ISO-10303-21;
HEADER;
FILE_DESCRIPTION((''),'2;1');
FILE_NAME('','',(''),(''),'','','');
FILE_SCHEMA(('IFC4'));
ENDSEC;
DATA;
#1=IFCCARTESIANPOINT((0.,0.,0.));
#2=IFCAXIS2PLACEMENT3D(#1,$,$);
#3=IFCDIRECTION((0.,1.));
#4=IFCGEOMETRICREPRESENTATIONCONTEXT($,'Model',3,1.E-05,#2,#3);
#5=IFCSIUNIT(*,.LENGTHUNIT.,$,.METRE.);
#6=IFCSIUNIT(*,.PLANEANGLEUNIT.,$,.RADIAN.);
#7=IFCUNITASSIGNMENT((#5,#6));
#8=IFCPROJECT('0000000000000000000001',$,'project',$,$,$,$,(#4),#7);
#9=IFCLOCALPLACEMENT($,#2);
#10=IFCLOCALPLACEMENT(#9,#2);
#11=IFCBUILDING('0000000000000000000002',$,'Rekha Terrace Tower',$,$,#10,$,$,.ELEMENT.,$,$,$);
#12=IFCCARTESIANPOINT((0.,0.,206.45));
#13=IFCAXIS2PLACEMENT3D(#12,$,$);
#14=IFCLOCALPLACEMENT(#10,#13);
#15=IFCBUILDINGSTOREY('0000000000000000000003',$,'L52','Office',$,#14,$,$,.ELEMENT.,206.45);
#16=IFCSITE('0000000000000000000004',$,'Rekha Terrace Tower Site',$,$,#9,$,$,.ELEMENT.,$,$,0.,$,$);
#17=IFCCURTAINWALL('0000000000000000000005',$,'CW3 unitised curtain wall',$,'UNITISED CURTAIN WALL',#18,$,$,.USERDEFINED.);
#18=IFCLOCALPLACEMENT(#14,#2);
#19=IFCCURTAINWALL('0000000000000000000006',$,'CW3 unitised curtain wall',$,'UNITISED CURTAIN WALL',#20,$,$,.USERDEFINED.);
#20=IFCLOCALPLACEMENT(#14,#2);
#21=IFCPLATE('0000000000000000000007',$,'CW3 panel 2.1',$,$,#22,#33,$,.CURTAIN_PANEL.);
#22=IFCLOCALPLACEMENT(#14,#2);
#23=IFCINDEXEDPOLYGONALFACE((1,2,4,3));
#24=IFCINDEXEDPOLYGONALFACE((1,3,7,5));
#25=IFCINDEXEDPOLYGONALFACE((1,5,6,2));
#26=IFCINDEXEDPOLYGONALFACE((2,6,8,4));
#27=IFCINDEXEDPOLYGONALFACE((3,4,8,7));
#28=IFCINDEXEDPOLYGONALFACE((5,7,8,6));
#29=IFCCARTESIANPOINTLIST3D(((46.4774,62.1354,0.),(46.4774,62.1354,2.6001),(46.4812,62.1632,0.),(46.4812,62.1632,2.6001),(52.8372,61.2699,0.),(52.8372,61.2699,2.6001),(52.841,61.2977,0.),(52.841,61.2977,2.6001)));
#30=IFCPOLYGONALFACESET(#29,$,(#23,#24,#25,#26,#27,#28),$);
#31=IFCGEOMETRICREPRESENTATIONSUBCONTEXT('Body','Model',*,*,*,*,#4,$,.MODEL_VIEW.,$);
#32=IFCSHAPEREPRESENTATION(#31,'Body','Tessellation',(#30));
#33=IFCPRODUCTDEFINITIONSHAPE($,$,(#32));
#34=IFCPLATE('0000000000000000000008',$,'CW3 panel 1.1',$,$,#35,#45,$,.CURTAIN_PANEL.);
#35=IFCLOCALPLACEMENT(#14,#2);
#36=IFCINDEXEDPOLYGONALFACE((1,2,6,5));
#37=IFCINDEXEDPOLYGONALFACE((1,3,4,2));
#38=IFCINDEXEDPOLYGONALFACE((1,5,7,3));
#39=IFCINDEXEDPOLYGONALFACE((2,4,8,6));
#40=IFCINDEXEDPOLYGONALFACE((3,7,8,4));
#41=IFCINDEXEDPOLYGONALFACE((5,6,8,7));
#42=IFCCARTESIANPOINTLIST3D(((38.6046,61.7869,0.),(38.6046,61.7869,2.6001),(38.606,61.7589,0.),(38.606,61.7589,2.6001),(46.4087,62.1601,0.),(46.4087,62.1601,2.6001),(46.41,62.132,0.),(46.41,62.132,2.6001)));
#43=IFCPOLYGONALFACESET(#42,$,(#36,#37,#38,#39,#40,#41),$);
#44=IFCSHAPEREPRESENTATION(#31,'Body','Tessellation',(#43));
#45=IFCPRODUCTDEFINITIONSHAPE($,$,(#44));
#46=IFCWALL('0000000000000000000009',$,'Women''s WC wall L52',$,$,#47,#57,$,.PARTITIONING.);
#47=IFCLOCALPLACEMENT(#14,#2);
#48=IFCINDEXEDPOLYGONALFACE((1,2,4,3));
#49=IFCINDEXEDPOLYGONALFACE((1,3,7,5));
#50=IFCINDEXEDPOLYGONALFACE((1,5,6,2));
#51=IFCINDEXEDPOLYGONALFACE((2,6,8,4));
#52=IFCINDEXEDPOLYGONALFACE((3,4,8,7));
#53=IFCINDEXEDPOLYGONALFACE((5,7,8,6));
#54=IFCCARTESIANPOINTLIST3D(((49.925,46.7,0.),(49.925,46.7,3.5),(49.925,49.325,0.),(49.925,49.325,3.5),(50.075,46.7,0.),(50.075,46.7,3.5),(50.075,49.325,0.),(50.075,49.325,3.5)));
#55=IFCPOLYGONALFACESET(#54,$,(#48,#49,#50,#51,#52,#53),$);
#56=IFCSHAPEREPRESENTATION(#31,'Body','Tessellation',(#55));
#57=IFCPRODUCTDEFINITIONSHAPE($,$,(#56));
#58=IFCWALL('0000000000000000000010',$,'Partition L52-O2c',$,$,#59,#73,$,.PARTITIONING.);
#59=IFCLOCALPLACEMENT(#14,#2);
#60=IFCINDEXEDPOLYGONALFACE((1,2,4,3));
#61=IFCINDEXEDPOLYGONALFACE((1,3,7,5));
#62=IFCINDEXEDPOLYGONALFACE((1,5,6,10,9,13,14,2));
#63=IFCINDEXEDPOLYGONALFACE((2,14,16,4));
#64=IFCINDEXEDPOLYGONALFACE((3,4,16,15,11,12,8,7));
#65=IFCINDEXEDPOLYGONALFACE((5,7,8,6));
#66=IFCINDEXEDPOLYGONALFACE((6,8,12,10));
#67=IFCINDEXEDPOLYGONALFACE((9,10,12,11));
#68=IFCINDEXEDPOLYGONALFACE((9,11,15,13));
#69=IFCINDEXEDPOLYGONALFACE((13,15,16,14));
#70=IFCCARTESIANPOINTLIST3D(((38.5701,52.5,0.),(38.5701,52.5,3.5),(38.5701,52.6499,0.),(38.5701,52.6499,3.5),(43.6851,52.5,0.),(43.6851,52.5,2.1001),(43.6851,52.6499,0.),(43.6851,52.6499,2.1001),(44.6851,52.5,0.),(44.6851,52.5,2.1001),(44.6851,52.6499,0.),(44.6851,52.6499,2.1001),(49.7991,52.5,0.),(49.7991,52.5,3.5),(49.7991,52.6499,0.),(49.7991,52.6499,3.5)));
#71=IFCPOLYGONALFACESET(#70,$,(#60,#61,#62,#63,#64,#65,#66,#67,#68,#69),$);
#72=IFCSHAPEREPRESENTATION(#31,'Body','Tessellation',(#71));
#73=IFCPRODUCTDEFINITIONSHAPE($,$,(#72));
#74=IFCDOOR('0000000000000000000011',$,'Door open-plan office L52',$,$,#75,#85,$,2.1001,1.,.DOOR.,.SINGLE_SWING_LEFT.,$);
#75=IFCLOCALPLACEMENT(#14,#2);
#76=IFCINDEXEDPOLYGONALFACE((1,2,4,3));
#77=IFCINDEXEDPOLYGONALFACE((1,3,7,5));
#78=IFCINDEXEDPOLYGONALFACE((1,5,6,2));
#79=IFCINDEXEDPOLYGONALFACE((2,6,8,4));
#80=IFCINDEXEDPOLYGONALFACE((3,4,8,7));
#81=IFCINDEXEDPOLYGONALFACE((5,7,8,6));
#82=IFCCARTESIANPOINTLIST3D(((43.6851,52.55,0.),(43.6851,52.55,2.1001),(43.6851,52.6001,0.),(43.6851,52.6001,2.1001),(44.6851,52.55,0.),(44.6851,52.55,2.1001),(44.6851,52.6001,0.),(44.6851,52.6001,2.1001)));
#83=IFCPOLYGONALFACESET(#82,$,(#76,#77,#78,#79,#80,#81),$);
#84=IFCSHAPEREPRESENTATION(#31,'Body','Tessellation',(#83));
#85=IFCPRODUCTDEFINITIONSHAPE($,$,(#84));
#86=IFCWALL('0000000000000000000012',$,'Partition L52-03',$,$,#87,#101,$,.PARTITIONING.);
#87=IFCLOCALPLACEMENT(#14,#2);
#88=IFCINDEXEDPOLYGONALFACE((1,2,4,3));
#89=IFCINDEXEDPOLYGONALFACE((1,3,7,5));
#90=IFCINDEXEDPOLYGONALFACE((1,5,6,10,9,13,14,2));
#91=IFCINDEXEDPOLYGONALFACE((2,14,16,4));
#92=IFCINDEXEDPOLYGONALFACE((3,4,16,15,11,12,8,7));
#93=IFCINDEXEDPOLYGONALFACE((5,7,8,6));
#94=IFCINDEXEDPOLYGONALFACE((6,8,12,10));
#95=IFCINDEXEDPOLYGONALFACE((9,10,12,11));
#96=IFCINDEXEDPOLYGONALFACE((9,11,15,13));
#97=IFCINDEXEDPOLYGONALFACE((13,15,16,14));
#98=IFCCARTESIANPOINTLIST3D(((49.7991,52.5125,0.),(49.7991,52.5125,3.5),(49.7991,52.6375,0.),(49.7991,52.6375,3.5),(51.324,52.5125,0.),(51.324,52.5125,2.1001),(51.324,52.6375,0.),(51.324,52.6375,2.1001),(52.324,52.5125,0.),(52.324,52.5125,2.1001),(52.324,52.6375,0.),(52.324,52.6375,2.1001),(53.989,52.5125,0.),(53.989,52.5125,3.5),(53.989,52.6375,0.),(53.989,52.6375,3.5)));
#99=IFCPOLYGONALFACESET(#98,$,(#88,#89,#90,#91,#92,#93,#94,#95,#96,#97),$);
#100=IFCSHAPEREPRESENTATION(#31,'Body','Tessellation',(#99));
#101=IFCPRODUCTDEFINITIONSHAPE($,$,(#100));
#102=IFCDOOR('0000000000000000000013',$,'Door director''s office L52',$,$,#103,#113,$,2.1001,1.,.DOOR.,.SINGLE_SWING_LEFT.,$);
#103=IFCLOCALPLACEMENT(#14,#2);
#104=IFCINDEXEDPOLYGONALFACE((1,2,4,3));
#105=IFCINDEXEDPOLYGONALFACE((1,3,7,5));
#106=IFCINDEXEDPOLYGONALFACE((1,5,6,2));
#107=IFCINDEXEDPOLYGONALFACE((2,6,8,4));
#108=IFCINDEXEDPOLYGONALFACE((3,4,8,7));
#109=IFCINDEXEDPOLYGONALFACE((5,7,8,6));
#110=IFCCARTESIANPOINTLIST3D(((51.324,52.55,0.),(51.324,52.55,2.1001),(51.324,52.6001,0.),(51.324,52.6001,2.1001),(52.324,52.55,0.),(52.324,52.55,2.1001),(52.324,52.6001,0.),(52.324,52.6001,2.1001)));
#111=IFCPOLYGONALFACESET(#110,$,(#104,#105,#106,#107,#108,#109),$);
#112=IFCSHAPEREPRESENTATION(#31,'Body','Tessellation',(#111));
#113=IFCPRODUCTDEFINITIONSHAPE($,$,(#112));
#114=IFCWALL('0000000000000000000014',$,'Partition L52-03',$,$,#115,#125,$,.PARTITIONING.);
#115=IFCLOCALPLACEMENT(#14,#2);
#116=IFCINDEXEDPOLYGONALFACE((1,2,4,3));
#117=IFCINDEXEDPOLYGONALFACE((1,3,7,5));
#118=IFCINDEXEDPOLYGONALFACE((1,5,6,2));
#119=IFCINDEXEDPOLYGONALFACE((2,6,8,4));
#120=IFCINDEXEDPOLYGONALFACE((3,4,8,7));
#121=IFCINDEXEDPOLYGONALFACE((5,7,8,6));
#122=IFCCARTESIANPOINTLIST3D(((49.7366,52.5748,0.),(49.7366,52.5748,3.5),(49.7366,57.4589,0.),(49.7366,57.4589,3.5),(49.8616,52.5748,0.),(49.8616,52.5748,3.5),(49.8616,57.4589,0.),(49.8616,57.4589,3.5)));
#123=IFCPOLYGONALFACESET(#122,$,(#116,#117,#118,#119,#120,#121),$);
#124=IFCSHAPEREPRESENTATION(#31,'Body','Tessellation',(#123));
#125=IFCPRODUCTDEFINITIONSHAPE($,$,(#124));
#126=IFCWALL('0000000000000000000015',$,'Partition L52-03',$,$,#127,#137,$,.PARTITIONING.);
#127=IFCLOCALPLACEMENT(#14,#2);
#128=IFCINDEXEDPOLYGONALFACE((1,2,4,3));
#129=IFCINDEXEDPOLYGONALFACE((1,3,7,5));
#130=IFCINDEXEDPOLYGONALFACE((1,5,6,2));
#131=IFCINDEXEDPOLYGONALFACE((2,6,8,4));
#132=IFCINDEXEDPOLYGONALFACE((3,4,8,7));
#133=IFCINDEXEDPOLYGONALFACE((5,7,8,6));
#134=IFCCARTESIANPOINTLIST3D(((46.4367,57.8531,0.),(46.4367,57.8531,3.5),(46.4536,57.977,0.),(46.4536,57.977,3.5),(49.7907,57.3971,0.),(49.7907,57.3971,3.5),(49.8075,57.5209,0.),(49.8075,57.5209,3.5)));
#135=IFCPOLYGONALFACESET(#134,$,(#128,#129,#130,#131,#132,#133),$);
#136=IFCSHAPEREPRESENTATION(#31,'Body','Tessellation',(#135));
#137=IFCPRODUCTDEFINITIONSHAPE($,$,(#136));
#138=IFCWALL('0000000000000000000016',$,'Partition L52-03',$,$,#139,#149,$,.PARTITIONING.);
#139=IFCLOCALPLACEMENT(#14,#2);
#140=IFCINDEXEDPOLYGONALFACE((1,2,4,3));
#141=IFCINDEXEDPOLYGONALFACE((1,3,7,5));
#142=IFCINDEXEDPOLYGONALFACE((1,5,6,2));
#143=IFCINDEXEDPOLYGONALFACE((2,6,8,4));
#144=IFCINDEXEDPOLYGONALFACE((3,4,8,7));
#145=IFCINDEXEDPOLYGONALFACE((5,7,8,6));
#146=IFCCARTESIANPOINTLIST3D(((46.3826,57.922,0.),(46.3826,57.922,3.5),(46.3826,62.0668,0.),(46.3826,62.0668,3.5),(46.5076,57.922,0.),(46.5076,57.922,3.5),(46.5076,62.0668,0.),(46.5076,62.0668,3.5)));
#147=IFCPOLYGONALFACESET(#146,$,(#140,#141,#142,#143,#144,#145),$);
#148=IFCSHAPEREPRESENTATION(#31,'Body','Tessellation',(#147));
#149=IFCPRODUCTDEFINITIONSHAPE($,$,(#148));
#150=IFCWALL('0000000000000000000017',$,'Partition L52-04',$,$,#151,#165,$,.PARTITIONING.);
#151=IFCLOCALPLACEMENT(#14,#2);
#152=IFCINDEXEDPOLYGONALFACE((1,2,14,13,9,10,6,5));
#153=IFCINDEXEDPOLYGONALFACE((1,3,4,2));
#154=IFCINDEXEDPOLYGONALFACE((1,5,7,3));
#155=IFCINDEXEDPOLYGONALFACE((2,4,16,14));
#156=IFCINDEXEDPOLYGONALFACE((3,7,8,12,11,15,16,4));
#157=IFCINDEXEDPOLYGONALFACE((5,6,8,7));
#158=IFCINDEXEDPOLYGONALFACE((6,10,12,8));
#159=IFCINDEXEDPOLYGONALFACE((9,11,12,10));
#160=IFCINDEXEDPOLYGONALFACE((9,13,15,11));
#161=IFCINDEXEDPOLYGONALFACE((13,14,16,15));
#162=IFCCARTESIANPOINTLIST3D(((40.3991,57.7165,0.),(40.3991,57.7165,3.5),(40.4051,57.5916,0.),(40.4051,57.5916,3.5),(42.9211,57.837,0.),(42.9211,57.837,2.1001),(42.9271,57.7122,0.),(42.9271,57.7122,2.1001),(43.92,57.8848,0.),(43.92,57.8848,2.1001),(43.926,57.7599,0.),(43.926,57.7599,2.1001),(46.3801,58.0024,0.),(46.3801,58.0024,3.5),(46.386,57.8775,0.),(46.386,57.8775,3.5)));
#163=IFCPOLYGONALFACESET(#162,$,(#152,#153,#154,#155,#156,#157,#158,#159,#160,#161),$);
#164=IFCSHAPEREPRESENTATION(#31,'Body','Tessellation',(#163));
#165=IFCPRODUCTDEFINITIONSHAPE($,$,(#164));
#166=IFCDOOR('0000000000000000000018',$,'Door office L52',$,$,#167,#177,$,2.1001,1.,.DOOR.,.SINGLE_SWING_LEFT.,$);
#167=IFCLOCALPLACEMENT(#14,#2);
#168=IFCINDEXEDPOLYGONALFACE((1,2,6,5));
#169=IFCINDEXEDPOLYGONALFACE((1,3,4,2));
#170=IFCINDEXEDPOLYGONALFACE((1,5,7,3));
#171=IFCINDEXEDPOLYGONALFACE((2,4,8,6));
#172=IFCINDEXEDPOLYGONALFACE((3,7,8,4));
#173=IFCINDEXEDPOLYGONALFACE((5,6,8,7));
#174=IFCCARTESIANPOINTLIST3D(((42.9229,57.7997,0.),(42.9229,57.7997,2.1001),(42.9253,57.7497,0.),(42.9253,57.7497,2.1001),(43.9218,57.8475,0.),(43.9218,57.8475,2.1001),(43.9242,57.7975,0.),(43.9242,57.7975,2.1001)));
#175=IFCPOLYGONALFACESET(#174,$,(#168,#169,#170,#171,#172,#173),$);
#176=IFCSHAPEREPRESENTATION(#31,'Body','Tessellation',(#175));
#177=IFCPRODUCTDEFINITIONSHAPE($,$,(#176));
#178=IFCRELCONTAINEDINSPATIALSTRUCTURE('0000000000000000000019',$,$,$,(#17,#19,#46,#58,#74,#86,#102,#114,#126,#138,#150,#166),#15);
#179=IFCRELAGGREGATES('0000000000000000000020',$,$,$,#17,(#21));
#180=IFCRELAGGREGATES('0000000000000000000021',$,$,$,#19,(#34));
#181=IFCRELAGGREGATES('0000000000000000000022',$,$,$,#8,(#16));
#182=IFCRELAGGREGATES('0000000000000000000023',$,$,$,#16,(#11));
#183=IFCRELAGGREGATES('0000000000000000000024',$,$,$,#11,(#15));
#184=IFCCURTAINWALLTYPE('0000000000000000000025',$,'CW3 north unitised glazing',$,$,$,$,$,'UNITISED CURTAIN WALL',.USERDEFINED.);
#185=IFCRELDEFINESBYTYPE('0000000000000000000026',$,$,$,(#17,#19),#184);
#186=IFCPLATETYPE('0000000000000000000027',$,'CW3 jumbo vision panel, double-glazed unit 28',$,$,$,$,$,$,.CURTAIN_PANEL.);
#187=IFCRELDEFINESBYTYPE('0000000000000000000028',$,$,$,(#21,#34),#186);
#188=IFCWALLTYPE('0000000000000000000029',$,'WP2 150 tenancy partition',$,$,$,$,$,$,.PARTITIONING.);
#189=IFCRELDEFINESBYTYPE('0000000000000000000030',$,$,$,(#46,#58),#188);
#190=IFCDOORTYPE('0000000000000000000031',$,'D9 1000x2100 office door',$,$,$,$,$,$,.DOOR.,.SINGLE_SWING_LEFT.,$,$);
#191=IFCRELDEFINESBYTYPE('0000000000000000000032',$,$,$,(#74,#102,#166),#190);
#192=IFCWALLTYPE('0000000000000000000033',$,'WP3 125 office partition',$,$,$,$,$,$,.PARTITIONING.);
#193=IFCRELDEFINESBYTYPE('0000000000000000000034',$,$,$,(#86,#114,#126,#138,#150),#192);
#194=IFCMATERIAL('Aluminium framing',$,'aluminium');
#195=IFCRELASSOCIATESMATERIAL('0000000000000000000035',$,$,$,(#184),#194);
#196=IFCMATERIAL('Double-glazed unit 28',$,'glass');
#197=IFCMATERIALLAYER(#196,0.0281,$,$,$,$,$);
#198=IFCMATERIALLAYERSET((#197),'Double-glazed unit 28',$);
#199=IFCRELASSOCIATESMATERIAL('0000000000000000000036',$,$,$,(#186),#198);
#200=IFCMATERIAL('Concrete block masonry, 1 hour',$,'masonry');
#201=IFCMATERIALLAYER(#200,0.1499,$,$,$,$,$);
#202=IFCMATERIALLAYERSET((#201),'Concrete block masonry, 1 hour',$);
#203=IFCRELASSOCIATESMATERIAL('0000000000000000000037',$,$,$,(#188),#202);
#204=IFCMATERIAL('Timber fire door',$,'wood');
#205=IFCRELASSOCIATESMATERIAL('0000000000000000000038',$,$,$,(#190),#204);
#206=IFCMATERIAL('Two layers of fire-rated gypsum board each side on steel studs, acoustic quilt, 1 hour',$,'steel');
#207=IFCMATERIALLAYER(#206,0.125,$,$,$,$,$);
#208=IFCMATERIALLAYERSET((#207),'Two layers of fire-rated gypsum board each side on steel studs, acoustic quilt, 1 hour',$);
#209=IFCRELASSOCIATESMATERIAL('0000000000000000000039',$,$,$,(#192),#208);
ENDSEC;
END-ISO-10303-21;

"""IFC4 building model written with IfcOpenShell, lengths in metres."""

from ifc_helpers import new_model, si_unit, direction, frame, frame_2d, origin, origin_2d, place, context, subcontext, project, spatial, rectangle, extrude, material, layer, layer_set, type_object, element, fill, aggregate, save


model = new_model("IFC4")

# Units and contexts
model_context = context("Model", 3, precision=1e-05, world=origin(), true_north=direction((0.0, 1.0)))
body_context = subcontext(model_context, "Body", "Model", "MODEL_VIEW")
ifc_project = project(units=[si_unit("LENGTHUNIT", "METRE"), si_unit("PLANEANGLEUNIT", "RADIAN")], contexts=[model_context])

# Site, building, storey
site_placement = place(None, origin())
site = spatial("IfcSite", under=ifc_project, at=site_placement, Name="Rekha Terrace Tower Site", CompositionType="ELEMENT", RefElevation=0.0)
building_placement = place(site_placement, origin())
building = spatial("IfcBuilding", under=site, at=building_placement, Name="Rekha Terrace Tower", CompositionType="ELEMENT")
storey_placement = place(building_placement, frame((0.0, 0.0, 206.45)))
storey = spatial("IfcBuildingStorey", under=building, at=storey_placement, Name="L52", Description="Office", CompositionType="ELEMENT", Elevation=206.45)

# Curtain wall
ifc_material_1 = material(Name="Aluminium framing", Category="aluminium")
curtain_wall_type = type_object("IfcCurtainWallType", Name="CW3 north unitised glazing", ElementType="UNITISED CURTAIN WALL", PredefinedType="USERDEFINED", material=ifc_material_1)
curtain_wall_1_placement = place(storey_placement, origin())
curtain_wall_1 = element("IfcCurtainWall", 1, at=curtain_wall_1_placement, inside=storey, type_object=curtain_wall_type, Name="CW3 unitised curtain wall", ObjectType="UNITISED CURTAIN WALL", PredefinedType="USERDEFINED")

# Curtain wall
curtain_wall_2_placement = place(storey_placement, origin())
curtain_wall_2 = element("IfcCurtainWall", 2, at=curtain_wall_2_placement, inside=storey, type_object=curtain_wall_type, Name="CW3 unitised curtain wall", ObjectType="UNITISED CURTAIN WALL", PredefinedType="USERDEFINED")

# Plates
ifc_material_2 = material(Name="Double-glazed unit 28", Category="glass")
ifc_layer_1 = layer(ifc_material_2, 0.0281)
ifc_layer_set_1 = layer_set([ifc_layer_1], Name="Double-glazed unit 28")
plate_type = type_object("IfcPlateType", Name="CW3 jumbo vision panel, double-glazed unit 28", PredefinedType="CURTAIN_PANEL", material=ifc_layer_set_1)
plate_1_placement = place(storey_placement, frame((49.6592, 61.7166, 0.0), z_axis=(0.0, 0.0, 1.0), x_axis=(-0.990867, 0.134841, 0.0)))
plate_1 = element("IfcPlate", 3, at=plate_1_placement, type_object=plate_type, Name="CW3 panel 2.1", PredefinedType="CURTAIN_PANEL", context=body_context, shape_type="SweptSolid", body=[
    extrude(rectangle(XDim=6.4185, YDim=0.0281, at=origin_2d()), origin(), (0.0, 0.0, 1.0), 2.6001),
])
aggregate(curtain_wall_1, [plate_1])
plate_2_placement = place(storey_placement, frame((42.5073, 61.9595, 0.0), z_axis=(0.0, 0.0, 1.0), x_axis=(-0.998859, -0.047759, 0.0)))
plate_2 = element("IfcPlate", 4, at=plate_2_placement, type_object=plate_type, Name="CW3 panel 1.1", PredefinedType="CURTAIN_PANEL", context=body_context, shape_type="SweptSolid", body=[
    extrude(rectangle(XDim=7.813, YDim=0.0281, at=origin_2d()), origin(), (0.0, 0.0, 1.0), 2.6001),
])
aggregate(curtain_wall_2, [plate_2])

# Wall
ifc_material_3 = material(Name="Concrete block masonry, 1 hour", Category="masonry")
ifc_layer_2 = layer(ifc_material_3, 0.1499)
ifc_layer_set_2 = layer_set([ifc_layer_2], Name="Concrete block masonry, 1 hour")
wall_type_1 = type_object("IfcWallType", Name="WP2 150 tenancy partition", PredefinedType="PARTITIONING", material=ifc_layer_set_2)
wall_1_placement = place(storey_placement, frame((50.0, 46.7, 0.0), z_axis=(0.0, 0.0, 1.0), x_axis=(0.0, 1.0, 0.0)))
element("IfcWall", 5, at=wall_1_placement, inside=storey, type_object=wall_type_1, Name="Women's WC wall L52", PredefinedType="PARTITIONING", context=body_context, shape_type="SweptSolid", body=[
    extrude(rectangle(XDim=2.625, YDim=0.1499, at=frame_2d((1.3125, 0.0))), origin(), (0.0, 0.0, 1.0), 3.5),
])

# Walls, openings, doors
wall_2_placement = place(storey_placement, frame((49.7991, 52.575, 0.0), z_axis=(0.0, 0.0, 1.0), x_axis=(-1.0, 0.0, 0.0)))
wall_2 = element("IfcWall", 6, at=wall_2_placement, inside=storey, type_object=wall_type_1, Name="Partition L52-O2c", PredefinedType="PARTITIONING", context=body_context, shape_type="SweptSolid", body=[
    extrude(rectangle(XDim=11.229, YDim=0.1499, at=frame_2d((5.6145, 0.0))), origin(), (0.0, 0.0, 1.0), 3.5),
])
opening_1_placement = place(wall_2_placement, frame((5.114, 0.0, 0.0)))
opening_1 = element("IfcOpeningElement", 7, at=opening_1_placement, cuts=wall_2, PredefinedType="OPENING", context=body_context, shape_type="SweptSolid", body=[
    extrude(rectangle(XDim=1.0, YDim=2.1001, at=frame_2d((0.5, 1.05))), frame((0.0, 0.085, 0.0), z_axis=(0.0, -1.0, 0.0), x_axis=(1.0, 0.0, 0.0)), (0.0, 0.0, 1.0), 0.1699),
])
ifc_material_4 = material(Name="Timber fire door", Category="wood")
door_type = type_object("IfcDoorType", Name="D9 1000x2100 office door", OperationType="SINGLE_SWING_LEFT", PredefinedType="DOOR", material=ifc_material_4)
door_1_placement = place(opening_1_placement, origin())
door_1 = element("IfcDoor", 8, at=door_1_placement, inside=storey, type_object=door_type, Name="Door open-plan office L52", OperationType="SINGLE_SWING_LEFT", OverallHeight=2.1001, OverallWidth=1.0, PredefinedType="DOOR", context=body_context, shape_type="SweptSolid", body=[
    extrude(rectangle(XDim=1.0, YDim=2.1001, at=frame_2d((0.5, 1.05))), frame((0.0, 0.0249, 0.0), z_axis=(0.0, -1.0, 0.0), x_axis=(1.0, 0.0, 0.0)), (0.0, 0.0, 1.0), 0.05),
])
fill(opening_1, door_1)
ifc_material_5 = material(Name="Two layers of fire-rated gypsum board each side on steel studs, acoustic quilt, 1 hour", Category="steel")
ifc_layer_3 = layer(ifc_material_5, 0.125)
ifc_layer_set_3 = layer_set([ifc_layer_3], Name="Two layers of fire-rated gypsum board each side on steel studs, acoustic quilt, 1 hour")
wall_type_2 = type_object("IfcWallType", Name="WP3 125 office partition", PredefinedType="PARTITIONING", material=ifc_layer_set_3)
wall_3_placement = place(storey_placement, frame((53.989, 52.575, 0.0), z_axis=(0.0, 0.0, 1.0), x_axis=(-1.0, 0.0, 0.0)))
wall_3 = element("IfcWall", 9, at=wall_3_placement, inside=storey, type_object=wall_type_2, Name="Partition L52-03", PredefinedType="PARTITIONING", context=body_context, shape_type="SweptSolid", body=[
    extrude(rectangle(XDim=4.1899, YDim=0.125, at=frame_2d((2.095, 0.0))), origin(), (0.0, 0.0, 1.0), 3.5),
])
opening_2_placement = place(wall_3_placement, frame((1.665, 0.0, 0.0)))
opening_2 = element("IfcOpeningElement", 10, at=opening_2_placement, cuts=wall_3, PredefinedType="OPENING", context=body_context, shape_type="SweptSolid", body=[
    extrude(rectangle(XDim=1.0, YDim=2.1001, at=frame_2d((0.5, 1.05))), frame((0.0, 0.0725, 0.0), z_axis=(0.0, -1.0, 0.0), x_axis=(1.0, 0.0, 0.0)), (0.0, 0.0, 1.0), 0.145),
])
door_2_placement = place(opening_2_placement, origin())
door_2 = element("IfcDoor", 11, at=door_2_placement, inside=storey, type_object=door_type, Name="Door director's office L52", OperationType="SINGLE_SWING_LEFT", OverallHeight=2.1001, OverallWidth=1.0, PredefinedType="DOOR", context=body_context, shape_type="SweptSolid", body=[
    extrude(rectangle(XDim=1.0, YDim=2.1001, at=frame_2d((0.5, 1.05))), frame((0.0, 0.0249, 0.0), z_axis=(0.0, -1.0, 0.0), x_axis=(1.0, 0.0, 0.0)), (0.0, 0.0, 1.0), 0.05),
])
fill(opening_2, door_2)

# Walls
wall_4_placement = place(storey_placement, frame((49.7991, 52.575, 0.0), z_axis=(0.0, 0.0, 1.0), x_axis=(0.0, 1.0, 0.0)))
element("IfcWall", 12, at=wall_4_placement, inside=storey, type_object=wall_type_2, Name="Partition L52-03", PredefinedType="PARTITIONING", context=body_context, shape_type="SweptSolid", body=[
    extrude(rectangle(XDim=4.884, YDim=0.125, at=frame_2d((2.4419, 0.0))), origin(), (0.0, 0.0, 1.0), 3.5),
])
wall_5_placement = place(storey_placement, frame((49.7991, 57.459, 0.0), z_axis=(0.0, 0.0, 1.0), x_axis=(-0.990882, 0.134733, 0.0)))
element("IfcWall", 13, at=wall_5_placement, inside=storey, type_object=wall_type_2, Name="Partition L52-03", PredefinedType="PARTITIONING", context=body_context, shape_type="SweptSolid", body=[
    extrude(rectangle(XDim=3.3848, YDim=0.125, at=frame_2d((1.6924, 0.0))), origin(), (0.0, 0.0, 1.0), 3.5),
])
wall_6_placement = place(storey_placement, frame((46.4451, 57.9221, 0.0), z_axis=(0.0, 0.0, 1.0), x_axis=(0.0, 1.0, 0.0)))
element("IfcWall", 14, at=wall_6_placement, inside=storey, type_object=wall_type_2, Name="Partition L52-03", PredefinedType="PARTITIONING", context=body_context, shape_type="SweptSolid", body=[
    extrude(rectangle(XDim=4.1448, YDim=0.125, at=frame_2d((2.0723, 0.0))), origin(), (0.0, 0.0, 1.0), 3.5),
])

# Wall, opening, door
wall_7_placement = place(storey_placement, frame((46.3831, 57.9399, 0.0), z_axis=(0.0, 0.0, 1.0), x_axis=(-0.99886, -0.047745, 0.0)))
wall_7 = element("IfcWall", 15, at=wall_7_placement, inside=storey, type_object=wall_type_2, Name="Partition L52-04", PredefinedType="PARTITIONING", context=body_context, shape_type="SweptSolid", body=[
    extrude(rectangle(XDim=5.9878, YDim=0.125, at=frame_2d((2.9939, 0.0))), origin(), (0.0, 0.0, 1.0), 3.5),
])
opening_3_placement = place(wall_7_placement, frame((2.4629, 0.0, 0.0)))
opening_3 = element("IfcOpeningElement", 16, at=opening_3_placement, cuts=wall_7, PredefinedType="OPENING", context=body_context, shape_type="SweptSolid", body=[
    extrude(rectangle(XDim=1.0, YDim=2.1001, at=frame_2d((0.5, 1.05))), frame((0.0, 0.0725, 0.0), z_axis=(0.0, -1.0, 0.0), x_axis=(1.0, 0.0, 0.0)), (0.0, 0.0, 1.0), 0.145),
])
door_3_placement = place(opening_3_placement, origin())
door_3 = element("IfcDoor", 17, at=door_3_placement, inside=storey, type_object=door_type, Name="Door office L52", OperationType="SINGLE_SWING_LEFT", OverallHeight=2.1001, OverallWidth=1.0, PredefinedType="DOOR", context=body_context, shape_type="SweptSolid", body=[
    extrude(rectangle(XDim=1.0, YDim=2.1001, at=frame_2d((0.5, 1.05))), frame((0.0, 0.0249, 0.0), z_axis=(0.0, -1.0, 0.0), x_axis=(1.0, 0.0, 0.0)), (0.0, 0.0, 1.0), 0.05),
])
fill(opening_3, door_3)

save(model, "model.ifc")
